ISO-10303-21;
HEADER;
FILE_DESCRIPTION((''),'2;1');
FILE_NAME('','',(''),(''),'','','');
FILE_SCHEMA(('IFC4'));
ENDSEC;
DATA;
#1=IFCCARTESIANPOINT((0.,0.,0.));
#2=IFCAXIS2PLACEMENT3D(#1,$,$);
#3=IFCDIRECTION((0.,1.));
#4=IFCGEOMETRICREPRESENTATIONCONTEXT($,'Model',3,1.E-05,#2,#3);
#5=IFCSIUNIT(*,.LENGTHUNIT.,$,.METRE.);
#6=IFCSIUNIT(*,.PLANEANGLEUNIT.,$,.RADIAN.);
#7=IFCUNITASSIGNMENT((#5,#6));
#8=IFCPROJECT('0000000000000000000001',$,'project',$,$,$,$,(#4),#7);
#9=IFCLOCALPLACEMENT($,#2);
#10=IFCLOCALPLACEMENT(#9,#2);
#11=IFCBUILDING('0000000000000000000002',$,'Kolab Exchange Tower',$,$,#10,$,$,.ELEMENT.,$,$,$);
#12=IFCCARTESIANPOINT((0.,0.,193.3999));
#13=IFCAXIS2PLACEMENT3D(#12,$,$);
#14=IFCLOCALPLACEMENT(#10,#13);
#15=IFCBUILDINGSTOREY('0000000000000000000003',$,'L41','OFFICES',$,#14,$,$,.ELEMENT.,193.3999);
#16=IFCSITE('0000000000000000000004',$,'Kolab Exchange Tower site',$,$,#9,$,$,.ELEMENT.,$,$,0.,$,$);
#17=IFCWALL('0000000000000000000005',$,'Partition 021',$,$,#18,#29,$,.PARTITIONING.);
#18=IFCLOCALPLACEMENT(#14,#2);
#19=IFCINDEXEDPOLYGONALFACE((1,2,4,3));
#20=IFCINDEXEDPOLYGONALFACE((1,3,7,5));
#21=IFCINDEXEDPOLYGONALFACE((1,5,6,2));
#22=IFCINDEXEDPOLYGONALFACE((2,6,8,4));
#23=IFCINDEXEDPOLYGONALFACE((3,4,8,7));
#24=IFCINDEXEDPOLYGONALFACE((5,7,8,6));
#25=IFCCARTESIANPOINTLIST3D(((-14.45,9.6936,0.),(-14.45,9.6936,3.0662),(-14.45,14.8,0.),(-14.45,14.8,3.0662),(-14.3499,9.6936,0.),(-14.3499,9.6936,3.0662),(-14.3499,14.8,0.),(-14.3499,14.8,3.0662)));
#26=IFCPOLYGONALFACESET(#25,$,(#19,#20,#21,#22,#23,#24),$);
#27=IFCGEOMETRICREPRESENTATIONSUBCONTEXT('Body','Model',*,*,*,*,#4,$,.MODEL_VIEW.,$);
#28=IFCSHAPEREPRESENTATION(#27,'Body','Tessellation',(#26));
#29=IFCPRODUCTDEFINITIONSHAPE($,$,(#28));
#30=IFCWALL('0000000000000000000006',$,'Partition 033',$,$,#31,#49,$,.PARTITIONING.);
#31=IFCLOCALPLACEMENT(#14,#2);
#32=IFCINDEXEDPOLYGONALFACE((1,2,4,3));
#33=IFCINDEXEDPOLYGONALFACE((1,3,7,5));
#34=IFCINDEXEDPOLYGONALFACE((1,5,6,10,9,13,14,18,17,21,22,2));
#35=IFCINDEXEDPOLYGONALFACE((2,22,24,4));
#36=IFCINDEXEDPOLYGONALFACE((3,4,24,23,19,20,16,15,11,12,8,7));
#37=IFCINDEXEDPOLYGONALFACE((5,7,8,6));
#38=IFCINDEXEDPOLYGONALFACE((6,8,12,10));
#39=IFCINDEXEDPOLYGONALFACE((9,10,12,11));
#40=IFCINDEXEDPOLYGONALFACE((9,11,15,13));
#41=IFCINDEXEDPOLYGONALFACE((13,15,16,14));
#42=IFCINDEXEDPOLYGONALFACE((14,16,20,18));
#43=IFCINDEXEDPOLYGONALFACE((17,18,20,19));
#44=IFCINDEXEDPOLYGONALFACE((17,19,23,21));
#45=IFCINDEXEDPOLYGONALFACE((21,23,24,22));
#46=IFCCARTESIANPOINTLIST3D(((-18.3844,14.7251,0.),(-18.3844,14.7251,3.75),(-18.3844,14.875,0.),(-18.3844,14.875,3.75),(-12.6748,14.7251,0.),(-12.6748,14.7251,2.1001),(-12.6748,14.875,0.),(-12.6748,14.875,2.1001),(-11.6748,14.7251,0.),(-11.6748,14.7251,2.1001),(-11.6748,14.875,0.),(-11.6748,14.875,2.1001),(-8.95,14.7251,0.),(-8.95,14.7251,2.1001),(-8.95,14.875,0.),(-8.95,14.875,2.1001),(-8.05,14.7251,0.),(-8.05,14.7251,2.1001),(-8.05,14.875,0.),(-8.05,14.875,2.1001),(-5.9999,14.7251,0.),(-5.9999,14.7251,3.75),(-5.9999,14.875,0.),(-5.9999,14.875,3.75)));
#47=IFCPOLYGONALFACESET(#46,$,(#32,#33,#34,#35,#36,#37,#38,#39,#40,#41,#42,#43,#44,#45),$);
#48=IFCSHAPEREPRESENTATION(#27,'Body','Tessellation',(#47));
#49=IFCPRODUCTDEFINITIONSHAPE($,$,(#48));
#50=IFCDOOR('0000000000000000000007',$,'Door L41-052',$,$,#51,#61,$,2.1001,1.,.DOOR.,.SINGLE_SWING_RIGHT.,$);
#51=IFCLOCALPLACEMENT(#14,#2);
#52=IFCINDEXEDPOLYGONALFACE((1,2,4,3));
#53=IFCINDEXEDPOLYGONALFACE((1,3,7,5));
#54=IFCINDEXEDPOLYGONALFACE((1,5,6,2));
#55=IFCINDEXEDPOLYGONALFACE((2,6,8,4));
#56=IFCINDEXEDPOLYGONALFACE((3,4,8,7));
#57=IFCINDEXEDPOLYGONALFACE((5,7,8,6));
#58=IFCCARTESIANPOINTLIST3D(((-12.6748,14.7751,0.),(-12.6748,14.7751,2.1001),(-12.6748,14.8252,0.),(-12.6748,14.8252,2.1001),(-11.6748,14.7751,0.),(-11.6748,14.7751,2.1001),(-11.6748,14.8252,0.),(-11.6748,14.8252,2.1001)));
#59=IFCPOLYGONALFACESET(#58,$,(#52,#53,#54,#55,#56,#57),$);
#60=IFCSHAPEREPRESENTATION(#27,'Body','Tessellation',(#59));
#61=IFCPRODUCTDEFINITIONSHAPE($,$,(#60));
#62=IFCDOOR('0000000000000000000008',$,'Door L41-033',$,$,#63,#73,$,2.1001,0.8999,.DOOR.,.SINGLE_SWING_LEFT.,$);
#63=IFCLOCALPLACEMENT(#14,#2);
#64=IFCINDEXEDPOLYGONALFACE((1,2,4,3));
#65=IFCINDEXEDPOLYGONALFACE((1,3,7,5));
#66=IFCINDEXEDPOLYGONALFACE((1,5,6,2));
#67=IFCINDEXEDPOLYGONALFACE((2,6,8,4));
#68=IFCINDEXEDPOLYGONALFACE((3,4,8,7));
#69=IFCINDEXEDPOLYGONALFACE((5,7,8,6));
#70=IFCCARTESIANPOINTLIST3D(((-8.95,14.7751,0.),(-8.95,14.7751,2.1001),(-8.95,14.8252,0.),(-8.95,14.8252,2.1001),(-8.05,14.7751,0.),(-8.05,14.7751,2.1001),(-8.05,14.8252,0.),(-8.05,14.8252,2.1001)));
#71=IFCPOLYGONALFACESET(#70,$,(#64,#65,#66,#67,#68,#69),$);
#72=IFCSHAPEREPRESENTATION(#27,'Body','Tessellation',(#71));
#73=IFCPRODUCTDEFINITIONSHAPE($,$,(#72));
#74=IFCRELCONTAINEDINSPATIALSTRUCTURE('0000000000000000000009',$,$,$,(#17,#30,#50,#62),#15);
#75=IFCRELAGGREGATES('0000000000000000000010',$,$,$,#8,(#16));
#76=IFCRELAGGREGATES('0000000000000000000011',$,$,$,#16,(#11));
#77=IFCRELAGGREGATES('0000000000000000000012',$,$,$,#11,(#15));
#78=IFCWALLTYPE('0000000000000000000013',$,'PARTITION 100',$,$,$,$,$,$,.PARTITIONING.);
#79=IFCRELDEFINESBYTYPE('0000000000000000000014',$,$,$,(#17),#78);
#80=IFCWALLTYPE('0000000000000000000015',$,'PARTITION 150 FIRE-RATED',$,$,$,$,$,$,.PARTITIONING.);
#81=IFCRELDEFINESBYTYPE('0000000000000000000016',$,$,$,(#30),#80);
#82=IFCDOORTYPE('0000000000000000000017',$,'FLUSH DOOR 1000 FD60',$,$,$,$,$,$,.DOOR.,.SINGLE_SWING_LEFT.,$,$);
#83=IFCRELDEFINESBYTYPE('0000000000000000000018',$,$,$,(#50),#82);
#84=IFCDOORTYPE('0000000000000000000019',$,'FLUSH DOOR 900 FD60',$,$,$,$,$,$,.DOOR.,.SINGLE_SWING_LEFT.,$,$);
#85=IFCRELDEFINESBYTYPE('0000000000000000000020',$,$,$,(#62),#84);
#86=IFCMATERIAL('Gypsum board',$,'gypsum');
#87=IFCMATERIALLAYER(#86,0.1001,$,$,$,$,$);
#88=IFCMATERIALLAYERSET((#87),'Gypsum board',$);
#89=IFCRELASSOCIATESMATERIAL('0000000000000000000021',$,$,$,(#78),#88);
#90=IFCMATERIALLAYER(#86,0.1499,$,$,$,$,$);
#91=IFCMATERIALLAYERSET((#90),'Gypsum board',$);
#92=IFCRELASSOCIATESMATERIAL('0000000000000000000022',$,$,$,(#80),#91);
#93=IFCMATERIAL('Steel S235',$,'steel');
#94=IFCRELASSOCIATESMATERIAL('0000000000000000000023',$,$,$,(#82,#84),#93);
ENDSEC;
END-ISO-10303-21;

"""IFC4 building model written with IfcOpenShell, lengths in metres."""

from ifc_helpers import new_model, si_unit, direction, frame, frame_2d, origin, place, context, subcontext, project, spatial, rectangle, extrude, material, layer, layer_set, type_object, element, fill, save


model = new_model("IFC4")

# Units and contexts
model_context = context("Model", 3, precision=1e-05, world=origin(), true_north=direction((0.0, 1.0)))
body_context = subcontext(model_context, "Body", "Model", "MODEL_VIEW")
ifc_project = project(units=[si_unit("LENGTHUNIT", "METRE"), si_unit("PLANEANGLEUNIT", "RADIAN")], contexts=[model_context])

# Site, building, storey
site_placement = place(None, origin())
site = spatial("IfcSite", under=ifc_project, at=site_placement, Name="Kolab Exchange Tower site", CompositionType="ELEMENT", RefElevation=0.0)
building_placement = place(site_placement, origin())
building = spatial("IfcBuilding", under=site, at=building_placement, Name="Kolab Exchange Tower", CompositionType="ELEMENT")
storey_placement = place(building_placement, frame((0.0, 0.0, 193.3999)))
storey = spatial("IfcBuildingStorey", under=building, at=storey_placement, Name="L41", Description="OFFICES", CompositionType="ELEMENT", Elevation=193.3999)

# Wall
ifc_material_1 = material(Name="Gypsum board", Category="gypsum")
ifc_layer_1 = layer(ifc_material_1, 0.1001)
ifc_layer_set_1 = layer_set([ifc_layer_1], Name="Gypsum board")
wall_type_1 = type_object("IfcWallType", Name="PARTITION 100", PredefinedType="PARTITIONING", material=ifc_layer_set_1)
wall_1_placement = place(storey_placement, frame((-14.3999, 9.6936, 0.0), z_axis=(0.0, 0.0, 1.0), x_axis=(0.0, 1.0, 0.0)))
element("IfcWall", 1, at=wall_1_placement, inside=storey, type_object=wall_type_1, Name="Partition 021", PredefinedType="PARTITIONING", context=body_context, shape_type="SweptSolid", body=[
    extrude(rectangle(XDim=5.1064, YDim=0.1001, at=frame_2d((2.5532, 0.0))), origin(), (0.0, 0.0, 1.0), 3.0662),
])

# Wall, openings, doors
ifc_layer_2 = layer(ifc_material_1, 0.1499)
ifc_layer_set_2 = layer_set([ifc_layer_2], Name="Gypsum board")
wall_type_2 = type_object("IfcWallType", Name="PARTITION 150 FIRE-RATED", PredefinedType="PARTITIONING", material=ifc_layer_set_2)
wall_2_placement = place(storey_placement, frame((-18.3845, 14.8, 0.0), z_axis=(0.0, 0.0, 1.0), x_axis=(1.0, 0.0, 0.0)))
wall_2 = element("IfcWall", 2, at=wall_2_placement, inside=storey, type_object=wall_type_2, Name="Partition 033", PredefinedType="PARTITIONING", context=body_context, shape_type="SweptSolid", body=[
    extrude(rectangle(XDim=12.3845, YDim=0.1499, at=frame_2d((6.1924, 0.0))), origin(), (0.0, 0.0, 1.0), 3.75),
])
opening_1_placement = place(wall_2_placement, frame((9.4346, 0.0, 0.0)))
opening_1 = element("IfcOpeningElement", 3, at=opening_1_placement, cuts=wall_2, PredefinedType="OPENING", context=body_context, shape_type="SweptSolid", body=[
    extrude(rectangle(XDim=0.8999, YDim=2.1001, at=frame_2d((0.45, 1.05))), frame((0.0, 0.085, 0.0), z_axis=(0.0, -1.0, 0.0), x_axis=(1.0, 0.0, 0.0)), (0.0, 0.0, 1.0), 0.1699),
])
opening_2_placement = place(wall_2_placement, frame((5.7097, 0.0, 0.0)))
opening_2 = element("IfcOpeningElement", 4, at=opening_2_placement, cuts=wall_2, PredefinedType="OPENING", context=body_context, shape_type="SweptSolid", body=[
    extrude(rectangle(XDim=1.0, YDim=2.1001, at=frame_2d((0.5, 1.05))), frame((0.0, 0.085, 0.0), z_axis=(0.0, -1.0, 0.0), x_axis=(1.0, 0.0, 0.0)), (0.0, 0.0, 1.0), 0.1699),
])
ifc_material_2 = material(Name="Steel S235", Category="steel")
door_type_1 = type_object("IfcDoorType", Name="FLUSH DOOR 1000 FD60", OperationType="SINGLE_SWING_LEFT", PredefinedType="DOOR", material=ifc_material_2)
door_1_placement = place(opening_2_placement, frame((1.0, 0.0, 0.0), z_axis=(0.0, 0.0, 1.0), x_axis=(-1.0, 0.0, 0.0)))
door_1 = element("IfcDoor", 5, at=door_1_placement, inside=storey, type_object=door_type_1, Name="Door L41-052", OperationType="SINGLE_SWING_RIGHT", OverallHeight=2.1001, OverallWidth=1.0, PredefinedType="DOOR", context=body_context, shape_type="SweptSolid", body=[
    extrude(rectangle(XDim=1.0, YDim=2.1001, at=frame_2d((0.5, 1.05))), frame((0.0, 0.0249, 0.0), z_axis=(0.0, -1.0, 0.0), x_axis=(1.0, 0.0, 0.0)), (0.0, 0.0, 1.0), 0.05),
])
fill(opening_2, door_1)
door_type_2 = type_object("IfcDoorType", Name="FLUSH DOOR 900 FD60", OperationType="SINGLE_SWING_LEFT", PredefinedType="DOOR", material=ifc_material_2)
door_2_placement = place(opening_1_placement, frame((0.8999, 0.0, 0.0), z_axis=(0.0, 0.0, 1.0), x_axis=(-1.0, 0.0, 0.0)))
door_2 = element("IfcDoor", 6, at=door_2_placement, inside=storey, type_object=door_type_2, Name="Door L41-033", OperationType="SINGLE_SWING_LEFT", OverallHeight=2.1001, OverallWidth=0.8999, PredefinedType="DOOR", context=body_context, shape_type="SweptSolid", body=[
    extrude(rectangle(XDim=0.8999, YDim=2.1001, at=frame_2d((0.45, 1.05))), frame((0.0, 0.0249, 0.0), z_axis=(0.0, -1.0, 0.0), x_axis=(1.0, 0.0, 0.0)), (0.0, 0.0, 1.0), 0.05),
])
fill(opening_1, door_2)

save(model, "model.ifc")
